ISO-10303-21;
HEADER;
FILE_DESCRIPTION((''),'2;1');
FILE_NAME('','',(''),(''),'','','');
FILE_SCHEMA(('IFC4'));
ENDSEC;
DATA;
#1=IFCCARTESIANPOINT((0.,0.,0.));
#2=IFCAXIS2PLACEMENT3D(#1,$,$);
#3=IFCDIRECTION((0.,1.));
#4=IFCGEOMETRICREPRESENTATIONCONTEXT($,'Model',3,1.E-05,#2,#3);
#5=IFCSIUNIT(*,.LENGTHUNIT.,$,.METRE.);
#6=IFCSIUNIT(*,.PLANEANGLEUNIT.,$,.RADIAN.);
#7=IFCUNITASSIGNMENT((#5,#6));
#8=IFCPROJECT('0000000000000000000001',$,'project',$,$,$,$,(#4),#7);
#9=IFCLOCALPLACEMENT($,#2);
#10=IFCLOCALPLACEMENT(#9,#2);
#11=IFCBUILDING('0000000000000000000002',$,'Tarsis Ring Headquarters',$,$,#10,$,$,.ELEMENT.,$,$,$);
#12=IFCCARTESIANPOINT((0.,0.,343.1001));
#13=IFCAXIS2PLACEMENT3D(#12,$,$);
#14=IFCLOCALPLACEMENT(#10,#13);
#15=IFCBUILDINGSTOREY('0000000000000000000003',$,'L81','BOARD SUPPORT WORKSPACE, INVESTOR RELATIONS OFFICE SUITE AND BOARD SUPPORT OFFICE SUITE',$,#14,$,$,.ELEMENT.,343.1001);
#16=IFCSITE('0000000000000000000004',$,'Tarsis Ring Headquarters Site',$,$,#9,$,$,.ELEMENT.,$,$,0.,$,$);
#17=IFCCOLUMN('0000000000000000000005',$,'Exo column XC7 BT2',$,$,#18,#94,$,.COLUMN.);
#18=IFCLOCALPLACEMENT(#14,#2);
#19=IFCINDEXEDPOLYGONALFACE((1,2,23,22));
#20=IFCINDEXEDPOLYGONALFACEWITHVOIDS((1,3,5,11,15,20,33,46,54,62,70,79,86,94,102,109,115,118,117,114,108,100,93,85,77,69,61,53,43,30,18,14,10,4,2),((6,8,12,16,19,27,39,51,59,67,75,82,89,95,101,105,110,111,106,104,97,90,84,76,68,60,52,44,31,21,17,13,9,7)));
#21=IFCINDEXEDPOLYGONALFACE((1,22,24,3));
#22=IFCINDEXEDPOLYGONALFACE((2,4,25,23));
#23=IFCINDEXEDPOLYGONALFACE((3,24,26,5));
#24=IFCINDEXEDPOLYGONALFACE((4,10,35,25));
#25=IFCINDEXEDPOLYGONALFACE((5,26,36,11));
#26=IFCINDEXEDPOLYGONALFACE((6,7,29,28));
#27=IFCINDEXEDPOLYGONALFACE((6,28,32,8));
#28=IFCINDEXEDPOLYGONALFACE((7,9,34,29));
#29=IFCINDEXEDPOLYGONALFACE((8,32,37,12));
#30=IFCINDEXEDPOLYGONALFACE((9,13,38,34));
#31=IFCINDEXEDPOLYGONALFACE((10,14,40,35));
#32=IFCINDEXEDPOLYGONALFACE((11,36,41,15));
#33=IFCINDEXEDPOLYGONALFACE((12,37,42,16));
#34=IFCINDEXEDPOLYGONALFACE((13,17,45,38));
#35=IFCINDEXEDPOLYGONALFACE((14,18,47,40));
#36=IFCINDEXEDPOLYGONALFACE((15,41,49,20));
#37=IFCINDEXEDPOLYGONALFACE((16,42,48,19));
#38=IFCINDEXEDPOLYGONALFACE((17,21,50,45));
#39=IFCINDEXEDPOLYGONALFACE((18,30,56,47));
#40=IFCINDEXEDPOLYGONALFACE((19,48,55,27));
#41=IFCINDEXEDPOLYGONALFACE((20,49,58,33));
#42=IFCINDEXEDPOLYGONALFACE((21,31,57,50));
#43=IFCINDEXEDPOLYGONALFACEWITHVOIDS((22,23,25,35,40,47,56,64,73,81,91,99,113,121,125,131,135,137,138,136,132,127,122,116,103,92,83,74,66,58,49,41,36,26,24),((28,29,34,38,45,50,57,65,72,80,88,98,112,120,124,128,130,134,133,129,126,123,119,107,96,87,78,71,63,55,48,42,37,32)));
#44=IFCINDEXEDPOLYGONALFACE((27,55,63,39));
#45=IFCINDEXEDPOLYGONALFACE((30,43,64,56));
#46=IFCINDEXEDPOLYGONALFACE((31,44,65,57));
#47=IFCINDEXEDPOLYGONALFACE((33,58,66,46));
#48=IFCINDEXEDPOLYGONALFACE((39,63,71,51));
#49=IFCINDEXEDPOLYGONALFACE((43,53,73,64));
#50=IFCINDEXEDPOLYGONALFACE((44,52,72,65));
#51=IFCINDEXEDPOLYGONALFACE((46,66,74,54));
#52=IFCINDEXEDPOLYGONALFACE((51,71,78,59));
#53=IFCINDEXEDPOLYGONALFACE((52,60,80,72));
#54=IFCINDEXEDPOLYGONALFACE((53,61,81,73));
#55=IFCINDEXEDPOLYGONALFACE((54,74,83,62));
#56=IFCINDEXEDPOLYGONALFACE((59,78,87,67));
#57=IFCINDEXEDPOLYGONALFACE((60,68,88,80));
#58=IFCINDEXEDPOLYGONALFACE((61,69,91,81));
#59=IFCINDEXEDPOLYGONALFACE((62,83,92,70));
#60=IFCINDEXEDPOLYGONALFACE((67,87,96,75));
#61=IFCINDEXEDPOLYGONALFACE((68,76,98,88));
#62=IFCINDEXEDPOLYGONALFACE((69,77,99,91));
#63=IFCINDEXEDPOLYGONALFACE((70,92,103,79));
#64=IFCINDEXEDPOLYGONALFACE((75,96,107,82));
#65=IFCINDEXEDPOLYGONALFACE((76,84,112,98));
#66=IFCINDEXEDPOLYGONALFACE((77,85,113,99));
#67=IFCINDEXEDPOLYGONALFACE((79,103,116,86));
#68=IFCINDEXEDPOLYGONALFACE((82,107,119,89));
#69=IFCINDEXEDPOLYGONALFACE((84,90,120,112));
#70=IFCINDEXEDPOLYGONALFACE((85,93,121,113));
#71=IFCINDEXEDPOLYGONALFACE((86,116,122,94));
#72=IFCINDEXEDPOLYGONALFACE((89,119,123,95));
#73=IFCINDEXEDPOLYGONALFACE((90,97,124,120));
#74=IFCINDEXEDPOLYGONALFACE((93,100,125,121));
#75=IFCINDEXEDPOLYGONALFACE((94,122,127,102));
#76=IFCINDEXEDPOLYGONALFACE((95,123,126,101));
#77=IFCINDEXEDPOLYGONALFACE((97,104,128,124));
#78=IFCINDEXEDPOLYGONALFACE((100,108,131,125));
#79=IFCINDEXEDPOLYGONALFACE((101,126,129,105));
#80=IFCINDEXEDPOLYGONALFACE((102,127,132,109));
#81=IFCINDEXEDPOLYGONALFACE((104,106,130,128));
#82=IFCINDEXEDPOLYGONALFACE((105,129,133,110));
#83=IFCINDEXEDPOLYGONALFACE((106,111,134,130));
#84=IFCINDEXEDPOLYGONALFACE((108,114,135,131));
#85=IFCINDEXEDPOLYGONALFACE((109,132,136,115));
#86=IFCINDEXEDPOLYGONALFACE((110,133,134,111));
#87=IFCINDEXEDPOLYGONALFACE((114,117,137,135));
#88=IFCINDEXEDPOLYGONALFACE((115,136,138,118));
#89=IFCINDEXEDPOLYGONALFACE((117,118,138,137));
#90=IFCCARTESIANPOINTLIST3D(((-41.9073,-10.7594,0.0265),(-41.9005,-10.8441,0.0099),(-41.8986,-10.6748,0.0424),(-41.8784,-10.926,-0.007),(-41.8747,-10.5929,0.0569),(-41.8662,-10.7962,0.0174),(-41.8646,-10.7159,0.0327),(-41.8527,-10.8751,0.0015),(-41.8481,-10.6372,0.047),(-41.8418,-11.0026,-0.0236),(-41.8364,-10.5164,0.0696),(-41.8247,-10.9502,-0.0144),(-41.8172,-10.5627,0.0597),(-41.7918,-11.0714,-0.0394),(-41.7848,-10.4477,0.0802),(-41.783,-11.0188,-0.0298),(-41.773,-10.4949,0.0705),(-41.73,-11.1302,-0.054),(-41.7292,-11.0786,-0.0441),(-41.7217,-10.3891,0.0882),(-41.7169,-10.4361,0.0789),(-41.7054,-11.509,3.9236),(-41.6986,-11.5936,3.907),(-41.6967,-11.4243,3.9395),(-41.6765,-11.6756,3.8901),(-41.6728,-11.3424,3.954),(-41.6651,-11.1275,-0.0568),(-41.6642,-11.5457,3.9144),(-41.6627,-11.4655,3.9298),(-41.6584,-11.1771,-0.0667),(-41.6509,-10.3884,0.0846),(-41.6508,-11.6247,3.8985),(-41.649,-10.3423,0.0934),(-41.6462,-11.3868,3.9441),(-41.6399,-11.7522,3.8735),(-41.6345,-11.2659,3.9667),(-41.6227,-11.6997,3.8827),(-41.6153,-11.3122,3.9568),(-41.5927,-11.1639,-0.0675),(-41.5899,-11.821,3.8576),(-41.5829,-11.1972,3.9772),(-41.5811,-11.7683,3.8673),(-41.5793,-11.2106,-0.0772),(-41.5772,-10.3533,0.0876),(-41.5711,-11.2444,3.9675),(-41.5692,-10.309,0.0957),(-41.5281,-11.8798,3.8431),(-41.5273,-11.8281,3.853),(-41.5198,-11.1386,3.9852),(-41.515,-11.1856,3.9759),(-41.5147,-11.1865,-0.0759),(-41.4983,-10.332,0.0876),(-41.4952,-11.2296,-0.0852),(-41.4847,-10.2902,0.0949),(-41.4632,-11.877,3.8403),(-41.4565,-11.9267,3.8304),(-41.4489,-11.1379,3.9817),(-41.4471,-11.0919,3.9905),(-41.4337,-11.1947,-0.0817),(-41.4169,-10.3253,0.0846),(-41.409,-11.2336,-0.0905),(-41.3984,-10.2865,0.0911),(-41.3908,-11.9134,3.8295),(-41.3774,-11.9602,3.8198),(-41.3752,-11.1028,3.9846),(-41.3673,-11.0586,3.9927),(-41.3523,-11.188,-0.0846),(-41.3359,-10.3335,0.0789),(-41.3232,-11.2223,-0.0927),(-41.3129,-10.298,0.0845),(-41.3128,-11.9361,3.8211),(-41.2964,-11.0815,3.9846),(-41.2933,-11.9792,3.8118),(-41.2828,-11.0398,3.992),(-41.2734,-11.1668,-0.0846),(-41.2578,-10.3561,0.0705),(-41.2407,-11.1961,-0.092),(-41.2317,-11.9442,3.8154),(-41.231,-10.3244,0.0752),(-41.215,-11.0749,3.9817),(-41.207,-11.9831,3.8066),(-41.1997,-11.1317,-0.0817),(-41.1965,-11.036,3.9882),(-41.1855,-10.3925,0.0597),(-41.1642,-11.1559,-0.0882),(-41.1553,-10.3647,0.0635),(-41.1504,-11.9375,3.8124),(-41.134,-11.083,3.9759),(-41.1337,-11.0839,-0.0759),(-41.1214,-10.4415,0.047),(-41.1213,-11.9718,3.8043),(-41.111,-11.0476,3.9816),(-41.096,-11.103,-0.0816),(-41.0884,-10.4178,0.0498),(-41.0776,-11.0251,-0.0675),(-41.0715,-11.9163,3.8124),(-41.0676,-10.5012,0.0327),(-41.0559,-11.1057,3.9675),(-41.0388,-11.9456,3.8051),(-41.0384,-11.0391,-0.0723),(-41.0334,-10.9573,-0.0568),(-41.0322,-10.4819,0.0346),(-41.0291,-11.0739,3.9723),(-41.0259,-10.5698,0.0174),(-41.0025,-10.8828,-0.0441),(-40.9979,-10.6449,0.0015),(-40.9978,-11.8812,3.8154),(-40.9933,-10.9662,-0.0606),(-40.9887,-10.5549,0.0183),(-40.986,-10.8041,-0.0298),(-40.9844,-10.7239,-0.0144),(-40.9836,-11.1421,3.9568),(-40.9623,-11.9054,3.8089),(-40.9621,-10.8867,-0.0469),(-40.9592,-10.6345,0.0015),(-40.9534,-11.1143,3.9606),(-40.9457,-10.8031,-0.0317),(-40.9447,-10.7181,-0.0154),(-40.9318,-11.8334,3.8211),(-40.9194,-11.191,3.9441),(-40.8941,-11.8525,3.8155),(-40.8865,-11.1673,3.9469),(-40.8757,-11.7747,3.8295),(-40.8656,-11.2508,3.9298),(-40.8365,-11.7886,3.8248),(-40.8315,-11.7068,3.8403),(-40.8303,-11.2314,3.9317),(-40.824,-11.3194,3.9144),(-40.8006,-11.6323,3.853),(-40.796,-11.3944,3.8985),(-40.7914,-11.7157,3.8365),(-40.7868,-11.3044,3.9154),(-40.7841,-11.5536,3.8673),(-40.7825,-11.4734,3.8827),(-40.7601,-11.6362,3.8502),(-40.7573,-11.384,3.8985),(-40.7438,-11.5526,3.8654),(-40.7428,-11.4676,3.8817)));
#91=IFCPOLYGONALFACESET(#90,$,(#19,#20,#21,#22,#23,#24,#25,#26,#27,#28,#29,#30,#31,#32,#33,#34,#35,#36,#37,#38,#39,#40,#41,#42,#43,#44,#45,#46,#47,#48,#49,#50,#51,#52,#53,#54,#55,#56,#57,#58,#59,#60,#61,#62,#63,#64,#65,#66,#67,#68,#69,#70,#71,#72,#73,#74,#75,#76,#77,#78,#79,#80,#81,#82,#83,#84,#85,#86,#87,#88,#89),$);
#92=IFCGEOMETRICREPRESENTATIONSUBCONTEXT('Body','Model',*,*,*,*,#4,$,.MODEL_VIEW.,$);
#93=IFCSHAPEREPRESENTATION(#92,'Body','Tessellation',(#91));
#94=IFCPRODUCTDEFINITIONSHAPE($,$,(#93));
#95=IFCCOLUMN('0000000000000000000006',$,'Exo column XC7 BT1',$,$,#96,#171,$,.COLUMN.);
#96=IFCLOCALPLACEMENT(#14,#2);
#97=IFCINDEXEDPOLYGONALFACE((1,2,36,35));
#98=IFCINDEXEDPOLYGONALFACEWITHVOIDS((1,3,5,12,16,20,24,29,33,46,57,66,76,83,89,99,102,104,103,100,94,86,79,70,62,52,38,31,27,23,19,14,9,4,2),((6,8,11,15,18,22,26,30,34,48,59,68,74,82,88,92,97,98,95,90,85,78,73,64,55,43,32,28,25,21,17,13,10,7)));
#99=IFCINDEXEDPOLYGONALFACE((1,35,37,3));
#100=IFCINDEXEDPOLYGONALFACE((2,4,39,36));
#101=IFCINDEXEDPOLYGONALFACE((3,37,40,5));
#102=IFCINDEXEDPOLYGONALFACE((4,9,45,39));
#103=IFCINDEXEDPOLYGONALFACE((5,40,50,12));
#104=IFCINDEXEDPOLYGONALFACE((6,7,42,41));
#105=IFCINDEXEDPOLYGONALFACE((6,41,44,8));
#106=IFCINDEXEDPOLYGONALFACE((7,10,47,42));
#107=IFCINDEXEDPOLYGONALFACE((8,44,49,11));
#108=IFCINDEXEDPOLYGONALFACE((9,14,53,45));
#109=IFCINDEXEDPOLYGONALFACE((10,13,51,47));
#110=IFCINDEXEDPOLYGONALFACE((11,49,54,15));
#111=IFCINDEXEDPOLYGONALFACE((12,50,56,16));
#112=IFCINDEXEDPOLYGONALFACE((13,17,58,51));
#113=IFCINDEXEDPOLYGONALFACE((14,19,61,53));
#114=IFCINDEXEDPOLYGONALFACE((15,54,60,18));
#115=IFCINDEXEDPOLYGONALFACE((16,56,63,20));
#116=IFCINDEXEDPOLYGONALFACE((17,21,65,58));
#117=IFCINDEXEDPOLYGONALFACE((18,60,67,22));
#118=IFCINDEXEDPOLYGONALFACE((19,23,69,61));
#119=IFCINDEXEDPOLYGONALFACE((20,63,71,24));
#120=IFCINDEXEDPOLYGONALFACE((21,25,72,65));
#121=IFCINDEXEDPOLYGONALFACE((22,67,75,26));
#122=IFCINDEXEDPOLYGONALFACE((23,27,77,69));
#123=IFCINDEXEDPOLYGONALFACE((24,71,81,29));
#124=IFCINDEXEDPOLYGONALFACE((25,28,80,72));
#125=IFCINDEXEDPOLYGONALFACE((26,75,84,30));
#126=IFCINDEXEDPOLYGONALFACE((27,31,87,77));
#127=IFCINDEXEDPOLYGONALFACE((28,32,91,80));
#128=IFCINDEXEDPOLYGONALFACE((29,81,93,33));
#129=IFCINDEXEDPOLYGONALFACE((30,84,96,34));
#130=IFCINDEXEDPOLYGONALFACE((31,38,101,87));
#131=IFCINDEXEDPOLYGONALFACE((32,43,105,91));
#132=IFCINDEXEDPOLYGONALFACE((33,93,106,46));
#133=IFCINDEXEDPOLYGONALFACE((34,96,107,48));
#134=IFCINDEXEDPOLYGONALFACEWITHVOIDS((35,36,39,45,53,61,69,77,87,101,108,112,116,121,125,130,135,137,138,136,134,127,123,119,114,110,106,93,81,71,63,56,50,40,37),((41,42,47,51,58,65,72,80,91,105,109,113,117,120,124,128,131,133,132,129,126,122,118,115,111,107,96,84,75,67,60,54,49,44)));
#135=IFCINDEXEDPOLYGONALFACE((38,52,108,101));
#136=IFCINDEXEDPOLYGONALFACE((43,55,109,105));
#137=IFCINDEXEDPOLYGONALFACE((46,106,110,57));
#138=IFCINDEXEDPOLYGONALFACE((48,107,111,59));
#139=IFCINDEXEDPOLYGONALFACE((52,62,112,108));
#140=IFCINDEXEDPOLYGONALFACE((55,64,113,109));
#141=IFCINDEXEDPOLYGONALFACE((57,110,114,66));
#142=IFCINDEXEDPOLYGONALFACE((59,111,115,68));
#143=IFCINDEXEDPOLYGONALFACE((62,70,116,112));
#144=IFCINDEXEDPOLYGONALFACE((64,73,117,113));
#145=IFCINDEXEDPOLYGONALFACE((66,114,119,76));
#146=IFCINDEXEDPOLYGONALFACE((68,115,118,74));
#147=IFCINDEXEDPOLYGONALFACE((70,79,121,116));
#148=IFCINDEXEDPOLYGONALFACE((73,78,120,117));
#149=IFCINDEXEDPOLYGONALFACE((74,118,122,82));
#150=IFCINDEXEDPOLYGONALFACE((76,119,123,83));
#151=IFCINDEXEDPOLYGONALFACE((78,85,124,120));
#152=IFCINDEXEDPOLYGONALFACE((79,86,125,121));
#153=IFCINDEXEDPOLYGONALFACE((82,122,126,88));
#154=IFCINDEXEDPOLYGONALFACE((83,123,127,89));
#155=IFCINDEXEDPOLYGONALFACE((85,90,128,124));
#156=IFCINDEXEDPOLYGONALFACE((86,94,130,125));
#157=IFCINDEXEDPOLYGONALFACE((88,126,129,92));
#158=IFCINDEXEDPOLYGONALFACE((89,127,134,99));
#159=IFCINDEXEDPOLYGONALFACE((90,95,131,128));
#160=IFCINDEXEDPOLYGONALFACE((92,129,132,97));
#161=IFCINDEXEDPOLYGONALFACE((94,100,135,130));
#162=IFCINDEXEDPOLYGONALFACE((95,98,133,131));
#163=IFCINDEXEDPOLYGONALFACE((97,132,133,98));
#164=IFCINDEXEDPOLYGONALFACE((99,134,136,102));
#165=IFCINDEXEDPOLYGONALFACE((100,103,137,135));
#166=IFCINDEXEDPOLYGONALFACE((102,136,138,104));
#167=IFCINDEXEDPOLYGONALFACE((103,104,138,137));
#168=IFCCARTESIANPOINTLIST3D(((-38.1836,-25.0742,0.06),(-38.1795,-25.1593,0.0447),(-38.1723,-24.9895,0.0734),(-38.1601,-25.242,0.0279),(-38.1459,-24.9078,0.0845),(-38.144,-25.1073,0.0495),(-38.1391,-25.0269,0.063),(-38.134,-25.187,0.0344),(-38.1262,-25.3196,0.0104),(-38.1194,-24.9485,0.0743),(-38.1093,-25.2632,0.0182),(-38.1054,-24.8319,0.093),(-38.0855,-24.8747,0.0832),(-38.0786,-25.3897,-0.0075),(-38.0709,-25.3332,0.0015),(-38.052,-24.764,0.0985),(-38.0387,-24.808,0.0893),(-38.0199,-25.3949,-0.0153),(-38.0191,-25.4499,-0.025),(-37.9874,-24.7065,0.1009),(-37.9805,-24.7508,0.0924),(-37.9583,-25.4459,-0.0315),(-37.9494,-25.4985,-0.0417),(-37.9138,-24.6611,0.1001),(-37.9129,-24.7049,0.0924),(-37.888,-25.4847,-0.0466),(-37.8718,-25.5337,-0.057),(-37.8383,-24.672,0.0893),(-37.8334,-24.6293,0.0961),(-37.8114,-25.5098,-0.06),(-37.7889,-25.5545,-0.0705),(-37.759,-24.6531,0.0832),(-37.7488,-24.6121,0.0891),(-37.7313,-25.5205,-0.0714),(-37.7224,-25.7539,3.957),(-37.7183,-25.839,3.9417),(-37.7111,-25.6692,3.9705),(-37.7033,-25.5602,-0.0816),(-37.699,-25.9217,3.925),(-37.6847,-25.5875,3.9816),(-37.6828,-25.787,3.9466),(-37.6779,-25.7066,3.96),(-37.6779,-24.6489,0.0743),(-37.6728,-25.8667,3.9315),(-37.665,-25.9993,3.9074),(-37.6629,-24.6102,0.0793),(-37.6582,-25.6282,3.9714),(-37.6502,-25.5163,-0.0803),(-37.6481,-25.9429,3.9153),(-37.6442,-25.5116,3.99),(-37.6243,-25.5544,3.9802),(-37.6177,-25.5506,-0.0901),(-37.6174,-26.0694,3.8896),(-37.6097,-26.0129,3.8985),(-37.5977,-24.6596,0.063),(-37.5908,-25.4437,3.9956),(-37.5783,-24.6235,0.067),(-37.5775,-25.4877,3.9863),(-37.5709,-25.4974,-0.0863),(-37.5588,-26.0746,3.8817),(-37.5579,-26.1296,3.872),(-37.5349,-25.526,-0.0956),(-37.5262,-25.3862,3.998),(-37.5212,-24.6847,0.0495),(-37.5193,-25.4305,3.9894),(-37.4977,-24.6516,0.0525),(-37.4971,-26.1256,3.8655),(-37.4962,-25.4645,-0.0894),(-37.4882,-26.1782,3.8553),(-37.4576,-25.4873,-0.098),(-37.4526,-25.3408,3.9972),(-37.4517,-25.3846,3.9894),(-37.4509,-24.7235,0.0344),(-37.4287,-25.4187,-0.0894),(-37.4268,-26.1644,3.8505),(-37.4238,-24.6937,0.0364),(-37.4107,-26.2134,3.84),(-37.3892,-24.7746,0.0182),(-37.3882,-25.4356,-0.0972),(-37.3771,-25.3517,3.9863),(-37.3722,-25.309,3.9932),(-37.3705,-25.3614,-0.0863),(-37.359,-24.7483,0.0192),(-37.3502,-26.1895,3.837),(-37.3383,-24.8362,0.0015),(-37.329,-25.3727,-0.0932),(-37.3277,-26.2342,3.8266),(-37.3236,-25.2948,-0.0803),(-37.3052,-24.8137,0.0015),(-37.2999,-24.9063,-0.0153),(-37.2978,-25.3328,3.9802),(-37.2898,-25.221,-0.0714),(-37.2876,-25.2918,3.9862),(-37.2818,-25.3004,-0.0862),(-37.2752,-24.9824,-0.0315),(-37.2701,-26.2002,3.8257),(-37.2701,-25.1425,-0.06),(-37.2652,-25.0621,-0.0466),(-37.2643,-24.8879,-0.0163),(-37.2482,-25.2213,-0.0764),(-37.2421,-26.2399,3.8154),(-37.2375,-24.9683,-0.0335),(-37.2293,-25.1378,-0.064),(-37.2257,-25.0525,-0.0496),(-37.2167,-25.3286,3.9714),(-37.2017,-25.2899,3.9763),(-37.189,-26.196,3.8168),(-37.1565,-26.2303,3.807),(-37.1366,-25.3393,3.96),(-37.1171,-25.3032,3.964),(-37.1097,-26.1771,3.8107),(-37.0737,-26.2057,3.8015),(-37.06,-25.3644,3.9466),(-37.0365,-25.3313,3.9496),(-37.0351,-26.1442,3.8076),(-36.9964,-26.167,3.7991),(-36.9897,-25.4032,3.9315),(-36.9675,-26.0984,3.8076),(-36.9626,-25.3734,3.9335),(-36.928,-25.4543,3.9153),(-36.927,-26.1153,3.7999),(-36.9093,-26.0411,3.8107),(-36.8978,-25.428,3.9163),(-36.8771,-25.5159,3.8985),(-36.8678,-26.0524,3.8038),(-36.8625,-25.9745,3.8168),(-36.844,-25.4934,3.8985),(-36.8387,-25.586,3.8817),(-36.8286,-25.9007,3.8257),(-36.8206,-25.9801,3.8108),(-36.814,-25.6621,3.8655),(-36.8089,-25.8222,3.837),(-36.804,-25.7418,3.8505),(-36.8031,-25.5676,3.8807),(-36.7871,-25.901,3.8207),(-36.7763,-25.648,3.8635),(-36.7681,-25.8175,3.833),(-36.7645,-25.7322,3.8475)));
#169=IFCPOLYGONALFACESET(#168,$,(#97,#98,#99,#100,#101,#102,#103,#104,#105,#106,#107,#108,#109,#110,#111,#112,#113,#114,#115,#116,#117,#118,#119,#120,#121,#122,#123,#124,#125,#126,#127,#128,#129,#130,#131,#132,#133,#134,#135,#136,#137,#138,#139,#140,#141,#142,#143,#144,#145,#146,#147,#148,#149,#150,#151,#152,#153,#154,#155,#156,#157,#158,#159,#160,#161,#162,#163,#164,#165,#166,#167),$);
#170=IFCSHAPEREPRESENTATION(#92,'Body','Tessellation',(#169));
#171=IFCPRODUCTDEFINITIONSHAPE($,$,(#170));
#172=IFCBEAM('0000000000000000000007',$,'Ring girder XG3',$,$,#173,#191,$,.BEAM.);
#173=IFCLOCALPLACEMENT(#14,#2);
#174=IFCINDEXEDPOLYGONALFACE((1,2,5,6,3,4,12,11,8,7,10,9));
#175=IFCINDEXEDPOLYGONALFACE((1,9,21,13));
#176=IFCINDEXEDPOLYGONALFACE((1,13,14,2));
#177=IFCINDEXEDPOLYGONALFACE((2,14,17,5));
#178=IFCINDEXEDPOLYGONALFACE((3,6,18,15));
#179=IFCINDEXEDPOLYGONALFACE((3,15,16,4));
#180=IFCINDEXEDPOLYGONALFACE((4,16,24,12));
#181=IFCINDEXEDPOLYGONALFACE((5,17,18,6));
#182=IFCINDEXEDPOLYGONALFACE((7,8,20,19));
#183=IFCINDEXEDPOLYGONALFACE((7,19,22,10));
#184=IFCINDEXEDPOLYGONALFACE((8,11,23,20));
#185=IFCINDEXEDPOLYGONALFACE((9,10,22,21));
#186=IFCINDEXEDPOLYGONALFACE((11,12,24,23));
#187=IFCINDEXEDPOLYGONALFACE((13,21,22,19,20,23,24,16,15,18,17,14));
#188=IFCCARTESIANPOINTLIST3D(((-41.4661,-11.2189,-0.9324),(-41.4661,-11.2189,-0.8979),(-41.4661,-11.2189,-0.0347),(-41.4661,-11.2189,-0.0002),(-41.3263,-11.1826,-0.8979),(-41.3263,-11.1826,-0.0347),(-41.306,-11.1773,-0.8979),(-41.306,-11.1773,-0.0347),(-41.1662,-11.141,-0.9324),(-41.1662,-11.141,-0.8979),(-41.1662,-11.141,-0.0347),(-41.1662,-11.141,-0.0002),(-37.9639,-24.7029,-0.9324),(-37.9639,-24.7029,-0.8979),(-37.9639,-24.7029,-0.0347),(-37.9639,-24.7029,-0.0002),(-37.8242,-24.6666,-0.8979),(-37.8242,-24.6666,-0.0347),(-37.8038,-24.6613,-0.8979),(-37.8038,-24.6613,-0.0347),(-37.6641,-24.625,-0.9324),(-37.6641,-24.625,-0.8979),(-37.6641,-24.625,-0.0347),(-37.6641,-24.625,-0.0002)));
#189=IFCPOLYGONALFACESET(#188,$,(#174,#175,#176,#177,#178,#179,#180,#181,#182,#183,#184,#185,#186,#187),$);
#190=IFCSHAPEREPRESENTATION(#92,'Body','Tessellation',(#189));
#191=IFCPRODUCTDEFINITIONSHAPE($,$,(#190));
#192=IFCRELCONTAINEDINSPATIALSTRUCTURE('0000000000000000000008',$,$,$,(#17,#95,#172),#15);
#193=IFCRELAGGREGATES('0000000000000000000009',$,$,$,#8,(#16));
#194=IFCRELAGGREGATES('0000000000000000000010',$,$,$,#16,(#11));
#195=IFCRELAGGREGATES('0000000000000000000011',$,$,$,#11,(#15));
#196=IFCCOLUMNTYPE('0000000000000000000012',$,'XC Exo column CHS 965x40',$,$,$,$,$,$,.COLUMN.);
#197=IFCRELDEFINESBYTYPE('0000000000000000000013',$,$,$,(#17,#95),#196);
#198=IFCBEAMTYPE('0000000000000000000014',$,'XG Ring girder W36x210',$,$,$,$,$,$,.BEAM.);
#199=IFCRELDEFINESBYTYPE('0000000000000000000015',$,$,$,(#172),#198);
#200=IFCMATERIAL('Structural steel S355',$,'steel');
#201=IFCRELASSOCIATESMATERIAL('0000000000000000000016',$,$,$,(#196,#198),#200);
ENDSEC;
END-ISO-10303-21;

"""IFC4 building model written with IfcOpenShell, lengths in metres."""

from ifc_helpers import new_model, si_unit, direction, frame, origin, origin_2d, place, context, subcontext, project, spatial, hollow_circle, i_section, extrude, material, material_profile, profile_set, type_object, element, save


model = new_model("IFC4")

# Units and contexts
model_context = context("Model", 3, precision=1e-05, world=origin(), true_north=direction((0.0, 1.0)))
body_context = subcontext(model_context, "Body", "Model", "MODEL_VIEW")
ifc_project = project(units=[si_unit("LENGTHUNIT", "METRE"), si_unit("PLANEANGLEUNIT", "RADIAN")], contexts=[model_context])

# Site, building, storey
site_placement = place(None, origin())
site = spatial("IfcSite", under=ifc_project, at=site_placement, Name="Tarsis Ring Headquarters Site", CompositionType="ELEMENT", RefElevation=0.0)
building_placement = place(site_placement, origin())
building = spatial("IfcBuilding", under=site, at=building_placement, Name="Tarsis Ring Headquarters", CompositionType="ELEMENT")
storey_placement = place(building_placement, frame((0.0, 0.0, 343.1001)))
storey = spatial("IfcBuildingStorey", under=building, at=storey_placement, Name="L81", Description="BOARD SUPPORT WORKSPACE, INVESTOR RELATIONS OFFICE SUITE AND BOARD SUPPORT OFFICE SUITE", CompositionType="ELEMENT", Elevation=343.1001)

# Columns
ifc_material_1 = material(Name="Structural steel S355", Category="steel")
ifc_material_profile_1 = material_profile(ifc_material_1, hollow_circle(Radius=0.4827, WallThickness=0.04, at=origin_2d()), Name="CHS 965x40")
ifc_profile_set_1 = profile_set([ifc_material_profile_1], Name="Structural steel S355")
column_type = type_object("IfcColumnType", Name="XC Exo column CHS 965x40", PredefinedType="COLUMN", material=ifc_profile_set_1)
column_1_placement = place(storey_placement, frame((-41.4253, -10.76, 0.0015), z_axis=(0.050812, -0.188626, 0.980734), x_axis=(0.965579, 0.260109, 0.0)))
element("IfcColumn", 1, at=column_1_placement, inside=storey, type_object=column_type, Name="Exo column XC7 BT2", PredefinedType="COLUMN", context=body_context, shape_type="SweptSolid", body=[
    extrude(hollow_circle(Radius=0.4827, WallThickness=0.04, at=origin_2d()), origin(), (0.0, 0.0, 1.0), 3.9736),
])
column_2_placement = place(storey_placement, frame((-37.7046, -25.0847, 0.0015), z_axis=(0.115799, -0.170664, 0.978501), x_axis=(0.827496, 0.561472, 0.0)))
element("IfcColumn", 2, at=column_2_placement, inside=storey, type_object=column_type, Name="Exo column XC7 BT1", PredefinedType="COLUMN", context=body_context, shape_type="SweptSolid", body=[
    extrude(hollow_circle(Radius=0.4827, WallThickness=0.04, at=origin_2d()), origin(), (0.0, 0.0, 1.0), 3.9827),
])

# Beam
ifc_material_profile_2 = material_profile(ifc_material_1, i_section(OverallWidth=0.3098, OverallDepth=0.9321, WebThickness=0.021, FlangeThickness=0.0344, at=origin_2d()), Name="W36x210")
ifc_profile_set_2 = profile_set([ifc_material_profile_2], Name="Structural steel S355")
beam_type = type_object("IfcBeamType", Name="XG Ring girder W36x210", PredefinedType="BEAM", material=ifc_profile_set_2)
beam_1_placement = place(storey_placement, frame((-41.3162, -11.1799, -0.4663), z_axis=(0.251387, -0.967887, 0.0), x_axis=(0.967887, 0.251387, 0.0)))
element("IfcBeam", 3, at=beam_1_placement, inside=storey, type_object=beam_type, Name="Ring girder XG3", PredefinedType="BEAM", context=body_context, shape_type="SweptSolid", body=[
    extrude(i_section(OverallWidth=0.3098, OverallDepth=0.9321, WebThickness=0.021, FlangeThickness=0.0344, at=origin_2d()), origin(), (0.0, 0.0, 1.0), 13.9314),
])

save(model, "model.ifc")
